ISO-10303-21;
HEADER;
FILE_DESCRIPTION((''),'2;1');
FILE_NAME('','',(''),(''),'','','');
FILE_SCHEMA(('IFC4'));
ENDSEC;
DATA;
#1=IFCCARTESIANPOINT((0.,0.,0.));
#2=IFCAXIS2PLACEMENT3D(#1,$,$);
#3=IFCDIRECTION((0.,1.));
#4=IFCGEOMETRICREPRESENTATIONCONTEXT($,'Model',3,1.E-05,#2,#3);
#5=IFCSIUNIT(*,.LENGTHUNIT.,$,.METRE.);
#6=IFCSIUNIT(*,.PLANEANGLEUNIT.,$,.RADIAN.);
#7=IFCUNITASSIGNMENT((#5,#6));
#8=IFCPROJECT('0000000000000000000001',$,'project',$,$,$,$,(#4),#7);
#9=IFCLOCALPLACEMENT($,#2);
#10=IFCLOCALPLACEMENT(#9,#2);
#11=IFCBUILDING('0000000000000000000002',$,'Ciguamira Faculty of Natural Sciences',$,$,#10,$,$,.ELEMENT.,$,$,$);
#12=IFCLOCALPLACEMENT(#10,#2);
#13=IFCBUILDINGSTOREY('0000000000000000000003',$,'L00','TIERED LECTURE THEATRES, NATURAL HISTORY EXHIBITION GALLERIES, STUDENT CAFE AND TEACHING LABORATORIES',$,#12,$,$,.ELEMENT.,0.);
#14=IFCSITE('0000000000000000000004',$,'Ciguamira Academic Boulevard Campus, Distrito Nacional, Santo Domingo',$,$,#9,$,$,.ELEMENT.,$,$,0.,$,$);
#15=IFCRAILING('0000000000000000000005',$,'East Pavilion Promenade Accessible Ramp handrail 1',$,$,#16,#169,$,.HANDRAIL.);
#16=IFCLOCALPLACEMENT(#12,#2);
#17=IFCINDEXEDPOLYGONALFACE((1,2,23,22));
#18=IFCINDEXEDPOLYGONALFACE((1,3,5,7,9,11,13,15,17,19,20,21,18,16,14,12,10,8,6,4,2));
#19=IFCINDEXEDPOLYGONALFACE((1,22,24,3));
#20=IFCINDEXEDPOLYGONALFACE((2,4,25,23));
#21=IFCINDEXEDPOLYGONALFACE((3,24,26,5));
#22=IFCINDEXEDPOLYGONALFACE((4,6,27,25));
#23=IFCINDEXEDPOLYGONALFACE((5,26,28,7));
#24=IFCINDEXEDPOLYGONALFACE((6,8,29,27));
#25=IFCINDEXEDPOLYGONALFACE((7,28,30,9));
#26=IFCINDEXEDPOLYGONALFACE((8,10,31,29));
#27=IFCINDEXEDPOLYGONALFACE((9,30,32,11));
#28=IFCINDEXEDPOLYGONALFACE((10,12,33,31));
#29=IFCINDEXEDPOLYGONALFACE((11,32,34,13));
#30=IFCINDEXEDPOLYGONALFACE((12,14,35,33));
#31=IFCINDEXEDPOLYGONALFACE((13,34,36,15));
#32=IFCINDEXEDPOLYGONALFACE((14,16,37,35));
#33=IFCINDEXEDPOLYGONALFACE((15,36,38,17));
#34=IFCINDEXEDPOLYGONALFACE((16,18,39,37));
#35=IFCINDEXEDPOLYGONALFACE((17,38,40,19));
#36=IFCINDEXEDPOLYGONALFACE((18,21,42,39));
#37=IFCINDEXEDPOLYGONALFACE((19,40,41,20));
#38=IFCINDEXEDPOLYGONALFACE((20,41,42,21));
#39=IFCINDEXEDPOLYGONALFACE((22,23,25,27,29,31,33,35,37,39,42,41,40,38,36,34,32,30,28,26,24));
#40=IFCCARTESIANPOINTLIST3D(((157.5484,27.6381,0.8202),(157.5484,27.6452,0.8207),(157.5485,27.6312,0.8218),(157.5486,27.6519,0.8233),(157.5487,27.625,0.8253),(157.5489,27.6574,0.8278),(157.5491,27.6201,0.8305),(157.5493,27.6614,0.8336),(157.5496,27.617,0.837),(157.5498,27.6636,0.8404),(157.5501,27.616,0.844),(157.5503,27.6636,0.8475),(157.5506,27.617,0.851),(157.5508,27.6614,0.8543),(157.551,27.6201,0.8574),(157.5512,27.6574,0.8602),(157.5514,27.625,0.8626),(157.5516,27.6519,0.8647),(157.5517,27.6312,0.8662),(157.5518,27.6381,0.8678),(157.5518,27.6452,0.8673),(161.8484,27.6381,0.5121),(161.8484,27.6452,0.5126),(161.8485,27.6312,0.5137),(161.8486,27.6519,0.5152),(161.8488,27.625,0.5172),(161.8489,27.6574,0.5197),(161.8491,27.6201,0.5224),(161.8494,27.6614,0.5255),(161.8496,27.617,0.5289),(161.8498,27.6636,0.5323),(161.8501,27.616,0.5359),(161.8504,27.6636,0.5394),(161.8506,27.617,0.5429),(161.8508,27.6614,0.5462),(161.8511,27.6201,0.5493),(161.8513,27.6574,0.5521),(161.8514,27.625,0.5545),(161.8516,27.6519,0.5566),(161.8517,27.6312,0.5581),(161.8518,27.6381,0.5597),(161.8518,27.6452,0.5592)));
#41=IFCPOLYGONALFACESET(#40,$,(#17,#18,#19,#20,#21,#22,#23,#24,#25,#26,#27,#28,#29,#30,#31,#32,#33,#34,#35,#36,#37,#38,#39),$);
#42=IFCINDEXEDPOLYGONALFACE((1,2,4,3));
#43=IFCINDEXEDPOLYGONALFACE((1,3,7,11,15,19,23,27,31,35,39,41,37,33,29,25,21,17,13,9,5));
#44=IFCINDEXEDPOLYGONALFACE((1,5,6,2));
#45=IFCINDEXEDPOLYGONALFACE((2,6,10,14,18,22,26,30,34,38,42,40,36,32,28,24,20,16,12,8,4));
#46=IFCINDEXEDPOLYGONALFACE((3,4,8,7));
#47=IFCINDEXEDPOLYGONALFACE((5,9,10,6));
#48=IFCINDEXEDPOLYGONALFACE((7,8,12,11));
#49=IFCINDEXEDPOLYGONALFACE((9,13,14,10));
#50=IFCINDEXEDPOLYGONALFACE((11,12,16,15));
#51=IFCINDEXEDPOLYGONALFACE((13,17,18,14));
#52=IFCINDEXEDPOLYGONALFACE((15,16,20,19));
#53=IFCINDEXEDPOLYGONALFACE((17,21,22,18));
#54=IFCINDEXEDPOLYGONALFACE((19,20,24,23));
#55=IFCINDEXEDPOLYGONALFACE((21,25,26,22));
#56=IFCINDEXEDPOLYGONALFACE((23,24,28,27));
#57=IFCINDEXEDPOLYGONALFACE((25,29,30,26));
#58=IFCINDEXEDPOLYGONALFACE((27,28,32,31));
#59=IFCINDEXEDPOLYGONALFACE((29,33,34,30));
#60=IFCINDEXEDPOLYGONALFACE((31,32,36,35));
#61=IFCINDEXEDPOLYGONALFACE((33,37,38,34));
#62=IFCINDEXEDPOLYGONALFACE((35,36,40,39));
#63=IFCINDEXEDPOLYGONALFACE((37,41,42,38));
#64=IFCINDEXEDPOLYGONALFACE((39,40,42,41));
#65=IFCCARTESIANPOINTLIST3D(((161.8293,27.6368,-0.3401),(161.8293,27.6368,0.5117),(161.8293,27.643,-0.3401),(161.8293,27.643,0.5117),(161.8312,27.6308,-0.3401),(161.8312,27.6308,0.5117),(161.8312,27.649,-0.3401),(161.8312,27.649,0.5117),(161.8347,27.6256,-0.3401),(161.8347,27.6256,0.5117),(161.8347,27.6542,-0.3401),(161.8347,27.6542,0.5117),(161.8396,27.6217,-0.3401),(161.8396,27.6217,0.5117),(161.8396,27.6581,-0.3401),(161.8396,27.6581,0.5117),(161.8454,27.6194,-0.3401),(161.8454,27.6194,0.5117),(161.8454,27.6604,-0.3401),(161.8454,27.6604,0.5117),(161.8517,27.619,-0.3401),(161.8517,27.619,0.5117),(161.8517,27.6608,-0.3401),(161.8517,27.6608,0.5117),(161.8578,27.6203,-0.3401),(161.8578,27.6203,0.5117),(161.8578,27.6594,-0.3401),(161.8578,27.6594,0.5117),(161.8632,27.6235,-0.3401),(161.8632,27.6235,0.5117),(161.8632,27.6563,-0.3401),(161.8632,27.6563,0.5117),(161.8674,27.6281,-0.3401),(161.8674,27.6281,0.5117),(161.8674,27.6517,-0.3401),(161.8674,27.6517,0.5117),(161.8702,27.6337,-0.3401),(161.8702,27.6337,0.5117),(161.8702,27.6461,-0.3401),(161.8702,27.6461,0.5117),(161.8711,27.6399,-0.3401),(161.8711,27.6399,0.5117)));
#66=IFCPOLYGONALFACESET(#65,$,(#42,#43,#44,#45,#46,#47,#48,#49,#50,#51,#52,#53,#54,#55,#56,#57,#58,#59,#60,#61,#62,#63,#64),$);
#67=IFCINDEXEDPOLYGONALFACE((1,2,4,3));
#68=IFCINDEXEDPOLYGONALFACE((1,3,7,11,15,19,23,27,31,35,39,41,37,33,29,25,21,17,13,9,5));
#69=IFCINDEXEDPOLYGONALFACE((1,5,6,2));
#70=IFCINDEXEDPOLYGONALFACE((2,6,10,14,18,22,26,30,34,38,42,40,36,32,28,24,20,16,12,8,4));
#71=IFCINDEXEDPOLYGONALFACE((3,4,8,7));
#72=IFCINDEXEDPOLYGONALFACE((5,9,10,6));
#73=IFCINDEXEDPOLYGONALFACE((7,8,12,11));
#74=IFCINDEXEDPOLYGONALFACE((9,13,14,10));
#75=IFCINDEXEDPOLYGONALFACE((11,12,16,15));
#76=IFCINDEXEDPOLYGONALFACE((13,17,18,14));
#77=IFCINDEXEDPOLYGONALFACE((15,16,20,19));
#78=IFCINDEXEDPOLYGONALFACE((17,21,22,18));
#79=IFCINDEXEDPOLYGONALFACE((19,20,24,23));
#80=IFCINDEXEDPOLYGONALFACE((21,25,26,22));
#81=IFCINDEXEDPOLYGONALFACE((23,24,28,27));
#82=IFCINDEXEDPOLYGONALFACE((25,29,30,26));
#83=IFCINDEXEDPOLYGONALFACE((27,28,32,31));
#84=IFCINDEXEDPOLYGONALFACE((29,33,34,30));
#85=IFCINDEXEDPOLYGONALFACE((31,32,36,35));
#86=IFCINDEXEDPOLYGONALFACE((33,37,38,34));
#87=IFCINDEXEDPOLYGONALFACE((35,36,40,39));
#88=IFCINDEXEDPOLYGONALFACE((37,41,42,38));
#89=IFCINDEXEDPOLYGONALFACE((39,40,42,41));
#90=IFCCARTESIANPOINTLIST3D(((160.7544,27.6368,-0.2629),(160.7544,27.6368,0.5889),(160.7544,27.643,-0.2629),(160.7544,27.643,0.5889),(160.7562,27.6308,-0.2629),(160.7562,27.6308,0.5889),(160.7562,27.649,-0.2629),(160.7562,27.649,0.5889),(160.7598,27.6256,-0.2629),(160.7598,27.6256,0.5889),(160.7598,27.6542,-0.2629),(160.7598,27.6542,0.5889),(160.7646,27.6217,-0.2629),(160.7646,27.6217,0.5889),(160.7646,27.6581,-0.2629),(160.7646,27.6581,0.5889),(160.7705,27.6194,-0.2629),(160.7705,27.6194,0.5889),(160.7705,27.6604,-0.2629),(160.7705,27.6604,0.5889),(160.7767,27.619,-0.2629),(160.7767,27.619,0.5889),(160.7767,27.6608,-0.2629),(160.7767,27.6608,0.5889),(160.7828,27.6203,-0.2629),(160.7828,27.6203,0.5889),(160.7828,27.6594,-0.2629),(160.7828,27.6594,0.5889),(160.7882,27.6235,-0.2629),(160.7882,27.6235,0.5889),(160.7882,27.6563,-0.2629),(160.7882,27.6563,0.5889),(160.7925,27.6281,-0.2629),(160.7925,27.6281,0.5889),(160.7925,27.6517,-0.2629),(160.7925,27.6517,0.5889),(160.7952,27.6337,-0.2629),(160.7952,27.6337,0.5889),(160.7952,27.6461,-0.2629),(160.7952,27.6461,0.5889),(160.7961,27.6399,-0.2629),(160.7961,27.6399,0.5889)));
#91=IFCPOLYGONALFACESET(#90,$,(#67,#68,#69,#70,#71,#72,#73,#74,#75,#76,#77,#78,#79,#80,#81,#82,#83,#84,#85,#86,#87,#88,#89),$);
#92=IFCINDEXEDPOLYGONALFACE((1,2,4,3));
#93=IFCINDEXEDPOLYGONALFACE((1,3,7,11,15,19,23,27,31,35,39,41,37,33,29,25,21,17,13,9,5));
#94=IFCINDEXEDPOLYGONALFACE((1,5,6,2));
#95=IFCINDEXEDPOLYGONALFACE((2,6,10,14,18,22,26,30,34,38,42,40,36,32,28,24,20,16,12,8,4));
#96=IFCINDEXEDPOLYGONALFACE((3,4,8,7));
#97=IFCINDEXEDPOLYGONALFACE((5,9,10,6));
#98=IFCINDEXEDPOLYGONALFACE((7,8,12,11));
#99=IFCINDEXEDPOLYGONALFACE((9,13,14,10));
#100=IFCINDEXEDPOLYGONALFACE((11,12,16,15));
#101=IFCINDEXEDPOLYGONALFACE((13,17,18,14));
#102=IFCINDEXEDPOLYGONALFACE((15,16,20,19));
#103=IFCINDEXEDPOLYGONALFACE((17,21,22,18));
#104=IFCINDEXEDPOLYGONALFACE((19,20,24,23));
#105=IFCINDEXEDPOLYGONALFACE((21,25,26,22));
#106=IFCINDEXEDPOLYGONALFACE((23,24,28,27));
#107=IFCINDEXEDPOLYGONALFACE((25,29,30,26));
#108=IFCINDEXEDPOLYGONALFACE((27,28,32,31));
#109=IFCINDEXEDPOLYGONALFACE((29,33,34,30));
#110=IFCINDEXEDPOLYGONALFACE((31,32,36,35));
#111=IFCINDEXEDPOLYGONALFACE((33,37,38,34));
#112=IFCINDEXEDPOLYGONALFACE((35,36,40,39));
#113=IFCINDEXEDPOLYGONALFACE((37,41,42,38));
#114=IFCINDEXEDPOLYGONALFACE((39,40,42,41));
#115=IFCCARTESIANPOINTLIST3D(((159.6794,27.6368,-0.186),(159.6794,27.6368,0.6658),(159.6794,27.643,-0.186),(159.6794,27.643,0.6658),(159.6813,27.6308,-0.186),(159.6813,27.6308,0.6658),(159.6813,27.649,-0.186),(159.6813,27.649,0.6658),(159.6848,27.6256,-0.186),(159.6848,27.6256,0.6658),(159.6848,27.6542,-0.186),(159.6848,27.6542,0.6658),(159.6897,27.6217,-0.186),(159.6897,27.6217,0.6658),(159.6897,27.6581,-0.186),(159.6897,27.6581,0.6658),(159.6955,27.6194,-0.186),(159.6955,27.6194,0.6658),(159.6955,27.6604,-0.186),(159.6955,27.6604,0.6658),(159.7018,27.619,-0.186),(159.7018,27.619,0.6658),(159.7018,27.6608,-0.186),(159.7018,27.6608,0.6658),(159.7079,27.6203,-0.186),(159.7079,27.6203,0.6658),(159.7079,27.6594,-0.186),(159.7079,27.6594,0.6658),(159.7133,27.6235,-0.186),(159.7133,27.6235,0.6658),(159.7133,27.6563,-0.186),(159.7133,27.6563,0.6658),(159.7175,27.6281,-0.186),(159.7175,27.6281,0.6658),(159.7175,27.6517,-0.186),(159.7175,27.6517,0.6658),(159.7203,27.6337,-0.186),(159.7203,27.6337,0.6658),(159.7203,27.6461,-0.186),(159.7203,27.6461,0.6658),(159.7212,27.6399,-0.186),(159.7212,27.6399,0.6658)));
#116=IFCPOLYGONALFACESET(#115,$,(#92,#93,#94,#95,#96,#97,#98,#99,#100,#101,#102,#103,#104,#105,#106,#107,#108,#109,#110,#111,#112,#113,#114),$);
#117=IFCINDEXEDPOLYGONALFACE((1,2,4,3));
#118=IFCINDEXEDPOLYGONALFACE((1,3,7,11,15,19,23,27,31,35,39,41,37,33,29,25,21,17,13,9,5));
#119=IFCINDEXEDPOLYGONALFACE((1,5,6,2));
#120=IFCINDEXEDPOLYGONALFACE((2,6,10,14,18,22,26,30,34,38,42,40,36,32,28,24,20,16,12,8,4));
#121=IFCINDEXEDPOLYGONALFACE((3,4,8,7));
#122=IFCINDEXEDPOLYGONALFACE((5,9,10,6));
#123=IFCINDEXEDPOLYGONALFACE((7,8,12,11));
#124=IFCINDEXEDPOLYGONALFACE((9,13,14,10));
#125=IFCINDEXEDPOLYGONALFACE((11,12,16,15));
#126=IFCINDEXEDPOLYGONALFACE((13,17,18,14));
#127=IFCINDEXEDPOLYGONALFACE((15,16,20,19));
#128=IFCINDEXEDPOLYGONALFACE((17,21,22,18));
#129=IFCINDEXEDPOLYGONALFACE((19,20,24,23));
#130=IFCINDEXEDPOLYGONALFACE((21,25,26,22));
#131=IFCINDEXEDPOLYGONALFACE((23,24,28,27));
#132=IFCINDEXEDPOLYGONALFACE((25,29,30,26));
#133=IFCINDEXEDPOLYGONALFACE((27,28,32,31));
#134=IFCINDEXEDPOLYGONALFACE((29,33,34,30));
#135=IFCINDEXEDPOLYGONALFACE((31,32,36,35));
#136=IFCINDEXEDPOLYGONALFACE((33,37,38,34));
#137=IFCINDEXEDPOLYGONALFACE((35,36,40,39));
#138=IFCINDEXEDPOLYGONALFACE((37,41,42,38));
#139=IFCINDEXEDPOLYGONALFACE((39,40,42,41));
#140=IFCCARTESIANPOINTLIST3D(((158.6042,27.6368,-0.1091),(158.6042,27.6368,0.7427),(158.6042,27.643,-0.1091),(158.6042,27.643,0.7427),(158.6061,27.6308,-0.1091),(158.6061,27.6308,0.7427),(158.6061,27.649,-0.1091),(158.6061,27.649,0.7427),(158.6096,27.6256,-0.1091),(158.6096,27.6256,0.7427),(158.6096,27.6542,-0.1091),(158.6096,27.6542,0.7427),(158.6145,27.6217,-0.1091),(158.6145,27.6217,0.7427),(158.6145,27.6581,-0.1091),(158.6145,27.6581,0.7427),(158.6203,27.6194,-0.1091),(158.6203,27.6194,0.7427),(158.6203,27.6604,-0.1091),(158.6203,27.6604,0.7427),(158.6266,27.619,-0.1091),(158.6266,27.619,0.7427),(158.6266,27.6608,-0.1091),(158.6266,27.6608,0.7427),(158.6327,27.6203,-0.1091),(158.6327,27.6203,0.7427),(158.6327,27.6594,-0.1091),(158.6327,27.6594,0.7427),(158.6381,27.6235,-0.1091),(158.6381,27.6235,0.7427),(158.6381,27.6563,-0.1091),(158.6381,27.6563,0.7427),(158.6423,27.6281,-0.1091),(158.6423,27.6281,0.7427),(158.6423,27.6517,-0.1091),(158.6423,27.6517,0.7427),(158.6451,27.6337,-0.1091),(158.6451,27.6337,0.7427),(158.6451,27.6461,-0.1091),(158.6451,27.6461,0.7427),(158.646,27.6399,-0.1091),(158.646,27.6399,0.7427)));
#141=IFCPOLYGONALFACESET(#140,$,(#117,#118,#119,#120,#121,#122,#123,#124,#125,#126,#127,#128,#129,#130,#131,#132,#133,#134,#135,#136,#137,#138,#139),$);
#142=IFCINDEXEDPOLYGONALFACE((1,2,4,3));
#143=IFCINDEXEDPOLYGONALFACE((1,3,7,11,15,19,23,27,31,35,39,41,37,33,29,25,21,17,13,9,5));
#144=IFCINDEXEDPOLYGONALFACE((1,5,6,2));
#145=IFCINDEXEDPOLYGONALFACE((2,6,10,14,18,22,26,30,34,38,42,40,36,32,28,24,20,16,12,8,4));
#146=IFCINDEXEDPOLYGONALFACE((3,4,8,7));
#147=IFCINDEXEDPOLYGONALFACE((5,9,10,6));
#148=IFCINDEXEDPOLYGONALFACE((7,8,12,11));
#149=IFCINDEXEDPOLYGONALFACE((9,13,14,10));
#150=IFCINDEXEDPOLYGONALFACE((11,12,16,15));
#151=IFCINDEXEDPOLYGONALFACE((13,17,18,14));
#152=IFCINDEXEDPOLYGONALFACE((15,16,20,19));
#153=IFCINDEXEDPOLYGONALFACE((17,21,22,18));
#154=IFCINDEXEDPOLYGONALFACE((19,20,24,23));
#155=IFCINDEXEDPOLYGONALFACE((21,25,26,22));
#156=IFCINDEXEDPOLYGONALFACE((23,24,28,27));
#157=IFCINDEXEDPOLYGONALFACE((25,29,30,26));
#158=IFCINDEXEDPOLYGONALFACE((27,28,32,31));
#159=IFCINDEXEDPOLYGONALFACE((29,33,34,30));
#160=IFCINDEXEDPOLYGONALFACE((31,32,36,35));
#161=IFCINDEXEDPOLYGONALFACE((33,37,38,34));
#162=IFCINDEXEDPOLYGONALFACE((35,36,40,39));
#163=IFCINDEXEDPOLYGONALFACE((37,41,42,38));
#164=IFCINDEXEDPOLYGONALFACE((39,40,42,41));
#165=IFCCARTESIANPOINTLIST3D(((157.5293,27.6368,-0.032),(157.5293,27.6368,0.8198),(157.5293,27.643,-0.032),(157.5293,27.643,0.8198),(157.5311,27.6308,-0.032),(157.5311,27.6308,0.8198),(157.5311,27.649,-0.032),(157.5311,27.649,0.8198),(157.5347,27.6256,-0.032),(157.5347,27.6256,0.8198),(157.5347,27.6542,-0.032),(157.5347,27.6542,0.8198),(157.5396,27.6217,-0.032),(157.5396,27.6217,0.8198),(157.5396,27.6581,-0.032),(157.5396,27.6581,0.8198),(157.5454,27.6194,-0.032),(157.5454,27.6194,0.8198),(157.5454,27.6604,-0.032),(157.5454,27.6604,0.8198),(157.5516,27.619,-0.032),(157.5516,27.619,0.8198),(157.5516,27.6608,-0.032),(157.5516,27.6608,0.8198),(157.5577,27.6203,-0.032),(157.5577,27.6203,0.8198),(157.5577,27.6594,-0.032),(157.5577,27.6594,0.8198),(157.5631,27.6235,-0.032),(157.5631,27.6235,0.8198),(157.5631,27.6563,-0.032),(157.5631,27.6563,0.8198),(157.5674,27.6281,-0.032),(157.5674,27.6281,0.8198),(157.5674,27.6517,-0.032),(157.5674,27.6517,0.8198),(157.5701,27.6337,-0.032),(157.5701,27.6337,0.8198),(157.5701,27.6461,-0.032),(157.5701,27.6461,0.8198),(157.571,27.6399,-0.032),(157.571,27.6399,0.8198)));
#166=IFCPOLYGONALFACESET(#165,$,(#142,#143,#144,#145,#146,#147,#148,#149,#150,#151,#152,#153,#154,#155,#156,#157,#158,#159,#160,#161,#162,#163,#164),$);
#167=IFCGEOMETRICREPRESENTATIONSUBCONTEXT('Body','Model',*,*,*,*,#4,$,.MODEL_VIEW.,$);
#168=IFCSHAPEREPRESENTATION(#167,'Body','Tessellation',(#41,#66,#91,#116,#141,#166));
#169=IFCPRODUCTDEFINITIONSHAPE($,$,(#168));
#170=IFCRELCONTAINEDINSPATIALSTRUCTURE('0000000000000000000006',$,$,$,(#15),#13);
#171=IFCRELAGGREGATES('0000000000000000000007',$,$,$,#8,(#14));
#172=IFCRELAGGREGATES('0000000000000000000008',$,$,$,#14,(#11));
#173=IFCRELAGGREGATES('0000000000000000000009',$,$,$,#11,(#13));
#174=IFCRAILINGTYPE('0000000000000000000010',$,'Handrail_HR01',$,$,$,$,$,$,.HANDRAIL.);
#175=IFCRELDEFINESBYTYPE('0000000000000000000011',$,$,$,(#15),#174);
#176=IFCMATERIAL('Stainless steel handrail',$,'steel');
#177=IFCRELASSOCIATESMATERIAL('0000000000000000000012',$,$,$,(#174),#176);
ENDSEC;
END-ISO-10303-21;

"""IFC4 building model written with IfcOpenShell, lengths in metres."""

from ifc_helpers import new_model, si_unit, direction, frame, origin, origin_2d, place, context, subcontext, project, spatial, circle, extrude, material, type_object, element, save


model = new_model("IFC4")

# Units and contexts
model_context = context("Model", 3, precision=1e-05, world=origin(), true_north=direction((0.0, 1.0)))
body_context = subcontext(model_context, "Body", "Model", "MODEL_VIEW")
ifc_project = project(units=[si_unit("LENGTHUNIT", "METRE"), si_unit("PLANEANGLEUNIT", "RADIAN")], contexts=[model_context])

# Site, building, storey
site_placement = place(None, origin())
site = spatial("IfcSite", under=ifc_project, at=site_placement, Name="Ciguamira Academic Boulevard Campus, Distrito Nacional, Santo Domingo", CompositionType="ELEMENT", RefElevation=0.0)
building_placement = place(site_placement, origin())
building = spatial("IfcBuilding", under=site, at=building_placement, Name="Ciguamira Faculty of Natural Sciences", CompositionType="ELEMENT")
storey_placement = place(building_placement, origin())
storey = spatial("IfcBuildingStorey", under=building, at=storey_placement, Name="L00", Description="TIERED LECTURE THEATRES, NATURAL HISTORY EXHIBITION GALLERIES, STUDENT CAFE AND TEACHING LABORATORIES", CompositionType="ELEMENT", Elevation=0.0)

# Railing
ifc_material_1 = material(Name="Stainless steel handrail", Category="steel")
railing_type_1 = type_object("IfcRailingType", Name="Handrail_HR01", PredefinedType="HANDRAIL", material=ifc_material_1)
for number, where, name in (
    (1, (161.8501, 27.6399, -0.3401), "East Pavilion Promenade Accessible Ramp handrail 1"),
):
    element("IfcRailing", number, at=place(storey_placement, frame(where)), inside=storey, type_object=railing_type_1, Name=name, PredefinedType="HANDRAIL", context=body_context, shape_type="SweptSolid", body=[
        extrude(circle(Radius=0.0239, at=origin_2d()), frame((0.0, 0.0, 0.876), z_axis=(-0.997443, 0.0, 0.071468), x_axis=(0.0, -1.0, 0.0)), (0.0, 0.0, 1.0), 4.311),
        extrude(circle(Radius=0.021, at=origin_2d()), origin(), (0.0, 0.0, 1.0), 0.8518),
        extrude(circle(Radius=0.021, at=origin_2d()), frame((-1.075, 0.0, 0.0771)), (0.0, 0.0, 1.0), 0.8518),
        extrude(circle(Radius=0.021, at=origin_2d()), frame((-2.1499, 0.0, 0.1541)), (0.0, 0.0, 1.0), 0.8518),
        extrude(circle(Radius=0.021, at=origin_2d()), frame((-3.2251, 0.0, 0.231)), (0.0, 0.0, 1.0), 0.8518),
        extrude(circle(Radius=0.021, at=origin_2d()), frame((-4.3, 0.0, 0.3081)), (0.0, 0.0, 1.0), 0.8518),
    ])

save(model, "model.ifc")
